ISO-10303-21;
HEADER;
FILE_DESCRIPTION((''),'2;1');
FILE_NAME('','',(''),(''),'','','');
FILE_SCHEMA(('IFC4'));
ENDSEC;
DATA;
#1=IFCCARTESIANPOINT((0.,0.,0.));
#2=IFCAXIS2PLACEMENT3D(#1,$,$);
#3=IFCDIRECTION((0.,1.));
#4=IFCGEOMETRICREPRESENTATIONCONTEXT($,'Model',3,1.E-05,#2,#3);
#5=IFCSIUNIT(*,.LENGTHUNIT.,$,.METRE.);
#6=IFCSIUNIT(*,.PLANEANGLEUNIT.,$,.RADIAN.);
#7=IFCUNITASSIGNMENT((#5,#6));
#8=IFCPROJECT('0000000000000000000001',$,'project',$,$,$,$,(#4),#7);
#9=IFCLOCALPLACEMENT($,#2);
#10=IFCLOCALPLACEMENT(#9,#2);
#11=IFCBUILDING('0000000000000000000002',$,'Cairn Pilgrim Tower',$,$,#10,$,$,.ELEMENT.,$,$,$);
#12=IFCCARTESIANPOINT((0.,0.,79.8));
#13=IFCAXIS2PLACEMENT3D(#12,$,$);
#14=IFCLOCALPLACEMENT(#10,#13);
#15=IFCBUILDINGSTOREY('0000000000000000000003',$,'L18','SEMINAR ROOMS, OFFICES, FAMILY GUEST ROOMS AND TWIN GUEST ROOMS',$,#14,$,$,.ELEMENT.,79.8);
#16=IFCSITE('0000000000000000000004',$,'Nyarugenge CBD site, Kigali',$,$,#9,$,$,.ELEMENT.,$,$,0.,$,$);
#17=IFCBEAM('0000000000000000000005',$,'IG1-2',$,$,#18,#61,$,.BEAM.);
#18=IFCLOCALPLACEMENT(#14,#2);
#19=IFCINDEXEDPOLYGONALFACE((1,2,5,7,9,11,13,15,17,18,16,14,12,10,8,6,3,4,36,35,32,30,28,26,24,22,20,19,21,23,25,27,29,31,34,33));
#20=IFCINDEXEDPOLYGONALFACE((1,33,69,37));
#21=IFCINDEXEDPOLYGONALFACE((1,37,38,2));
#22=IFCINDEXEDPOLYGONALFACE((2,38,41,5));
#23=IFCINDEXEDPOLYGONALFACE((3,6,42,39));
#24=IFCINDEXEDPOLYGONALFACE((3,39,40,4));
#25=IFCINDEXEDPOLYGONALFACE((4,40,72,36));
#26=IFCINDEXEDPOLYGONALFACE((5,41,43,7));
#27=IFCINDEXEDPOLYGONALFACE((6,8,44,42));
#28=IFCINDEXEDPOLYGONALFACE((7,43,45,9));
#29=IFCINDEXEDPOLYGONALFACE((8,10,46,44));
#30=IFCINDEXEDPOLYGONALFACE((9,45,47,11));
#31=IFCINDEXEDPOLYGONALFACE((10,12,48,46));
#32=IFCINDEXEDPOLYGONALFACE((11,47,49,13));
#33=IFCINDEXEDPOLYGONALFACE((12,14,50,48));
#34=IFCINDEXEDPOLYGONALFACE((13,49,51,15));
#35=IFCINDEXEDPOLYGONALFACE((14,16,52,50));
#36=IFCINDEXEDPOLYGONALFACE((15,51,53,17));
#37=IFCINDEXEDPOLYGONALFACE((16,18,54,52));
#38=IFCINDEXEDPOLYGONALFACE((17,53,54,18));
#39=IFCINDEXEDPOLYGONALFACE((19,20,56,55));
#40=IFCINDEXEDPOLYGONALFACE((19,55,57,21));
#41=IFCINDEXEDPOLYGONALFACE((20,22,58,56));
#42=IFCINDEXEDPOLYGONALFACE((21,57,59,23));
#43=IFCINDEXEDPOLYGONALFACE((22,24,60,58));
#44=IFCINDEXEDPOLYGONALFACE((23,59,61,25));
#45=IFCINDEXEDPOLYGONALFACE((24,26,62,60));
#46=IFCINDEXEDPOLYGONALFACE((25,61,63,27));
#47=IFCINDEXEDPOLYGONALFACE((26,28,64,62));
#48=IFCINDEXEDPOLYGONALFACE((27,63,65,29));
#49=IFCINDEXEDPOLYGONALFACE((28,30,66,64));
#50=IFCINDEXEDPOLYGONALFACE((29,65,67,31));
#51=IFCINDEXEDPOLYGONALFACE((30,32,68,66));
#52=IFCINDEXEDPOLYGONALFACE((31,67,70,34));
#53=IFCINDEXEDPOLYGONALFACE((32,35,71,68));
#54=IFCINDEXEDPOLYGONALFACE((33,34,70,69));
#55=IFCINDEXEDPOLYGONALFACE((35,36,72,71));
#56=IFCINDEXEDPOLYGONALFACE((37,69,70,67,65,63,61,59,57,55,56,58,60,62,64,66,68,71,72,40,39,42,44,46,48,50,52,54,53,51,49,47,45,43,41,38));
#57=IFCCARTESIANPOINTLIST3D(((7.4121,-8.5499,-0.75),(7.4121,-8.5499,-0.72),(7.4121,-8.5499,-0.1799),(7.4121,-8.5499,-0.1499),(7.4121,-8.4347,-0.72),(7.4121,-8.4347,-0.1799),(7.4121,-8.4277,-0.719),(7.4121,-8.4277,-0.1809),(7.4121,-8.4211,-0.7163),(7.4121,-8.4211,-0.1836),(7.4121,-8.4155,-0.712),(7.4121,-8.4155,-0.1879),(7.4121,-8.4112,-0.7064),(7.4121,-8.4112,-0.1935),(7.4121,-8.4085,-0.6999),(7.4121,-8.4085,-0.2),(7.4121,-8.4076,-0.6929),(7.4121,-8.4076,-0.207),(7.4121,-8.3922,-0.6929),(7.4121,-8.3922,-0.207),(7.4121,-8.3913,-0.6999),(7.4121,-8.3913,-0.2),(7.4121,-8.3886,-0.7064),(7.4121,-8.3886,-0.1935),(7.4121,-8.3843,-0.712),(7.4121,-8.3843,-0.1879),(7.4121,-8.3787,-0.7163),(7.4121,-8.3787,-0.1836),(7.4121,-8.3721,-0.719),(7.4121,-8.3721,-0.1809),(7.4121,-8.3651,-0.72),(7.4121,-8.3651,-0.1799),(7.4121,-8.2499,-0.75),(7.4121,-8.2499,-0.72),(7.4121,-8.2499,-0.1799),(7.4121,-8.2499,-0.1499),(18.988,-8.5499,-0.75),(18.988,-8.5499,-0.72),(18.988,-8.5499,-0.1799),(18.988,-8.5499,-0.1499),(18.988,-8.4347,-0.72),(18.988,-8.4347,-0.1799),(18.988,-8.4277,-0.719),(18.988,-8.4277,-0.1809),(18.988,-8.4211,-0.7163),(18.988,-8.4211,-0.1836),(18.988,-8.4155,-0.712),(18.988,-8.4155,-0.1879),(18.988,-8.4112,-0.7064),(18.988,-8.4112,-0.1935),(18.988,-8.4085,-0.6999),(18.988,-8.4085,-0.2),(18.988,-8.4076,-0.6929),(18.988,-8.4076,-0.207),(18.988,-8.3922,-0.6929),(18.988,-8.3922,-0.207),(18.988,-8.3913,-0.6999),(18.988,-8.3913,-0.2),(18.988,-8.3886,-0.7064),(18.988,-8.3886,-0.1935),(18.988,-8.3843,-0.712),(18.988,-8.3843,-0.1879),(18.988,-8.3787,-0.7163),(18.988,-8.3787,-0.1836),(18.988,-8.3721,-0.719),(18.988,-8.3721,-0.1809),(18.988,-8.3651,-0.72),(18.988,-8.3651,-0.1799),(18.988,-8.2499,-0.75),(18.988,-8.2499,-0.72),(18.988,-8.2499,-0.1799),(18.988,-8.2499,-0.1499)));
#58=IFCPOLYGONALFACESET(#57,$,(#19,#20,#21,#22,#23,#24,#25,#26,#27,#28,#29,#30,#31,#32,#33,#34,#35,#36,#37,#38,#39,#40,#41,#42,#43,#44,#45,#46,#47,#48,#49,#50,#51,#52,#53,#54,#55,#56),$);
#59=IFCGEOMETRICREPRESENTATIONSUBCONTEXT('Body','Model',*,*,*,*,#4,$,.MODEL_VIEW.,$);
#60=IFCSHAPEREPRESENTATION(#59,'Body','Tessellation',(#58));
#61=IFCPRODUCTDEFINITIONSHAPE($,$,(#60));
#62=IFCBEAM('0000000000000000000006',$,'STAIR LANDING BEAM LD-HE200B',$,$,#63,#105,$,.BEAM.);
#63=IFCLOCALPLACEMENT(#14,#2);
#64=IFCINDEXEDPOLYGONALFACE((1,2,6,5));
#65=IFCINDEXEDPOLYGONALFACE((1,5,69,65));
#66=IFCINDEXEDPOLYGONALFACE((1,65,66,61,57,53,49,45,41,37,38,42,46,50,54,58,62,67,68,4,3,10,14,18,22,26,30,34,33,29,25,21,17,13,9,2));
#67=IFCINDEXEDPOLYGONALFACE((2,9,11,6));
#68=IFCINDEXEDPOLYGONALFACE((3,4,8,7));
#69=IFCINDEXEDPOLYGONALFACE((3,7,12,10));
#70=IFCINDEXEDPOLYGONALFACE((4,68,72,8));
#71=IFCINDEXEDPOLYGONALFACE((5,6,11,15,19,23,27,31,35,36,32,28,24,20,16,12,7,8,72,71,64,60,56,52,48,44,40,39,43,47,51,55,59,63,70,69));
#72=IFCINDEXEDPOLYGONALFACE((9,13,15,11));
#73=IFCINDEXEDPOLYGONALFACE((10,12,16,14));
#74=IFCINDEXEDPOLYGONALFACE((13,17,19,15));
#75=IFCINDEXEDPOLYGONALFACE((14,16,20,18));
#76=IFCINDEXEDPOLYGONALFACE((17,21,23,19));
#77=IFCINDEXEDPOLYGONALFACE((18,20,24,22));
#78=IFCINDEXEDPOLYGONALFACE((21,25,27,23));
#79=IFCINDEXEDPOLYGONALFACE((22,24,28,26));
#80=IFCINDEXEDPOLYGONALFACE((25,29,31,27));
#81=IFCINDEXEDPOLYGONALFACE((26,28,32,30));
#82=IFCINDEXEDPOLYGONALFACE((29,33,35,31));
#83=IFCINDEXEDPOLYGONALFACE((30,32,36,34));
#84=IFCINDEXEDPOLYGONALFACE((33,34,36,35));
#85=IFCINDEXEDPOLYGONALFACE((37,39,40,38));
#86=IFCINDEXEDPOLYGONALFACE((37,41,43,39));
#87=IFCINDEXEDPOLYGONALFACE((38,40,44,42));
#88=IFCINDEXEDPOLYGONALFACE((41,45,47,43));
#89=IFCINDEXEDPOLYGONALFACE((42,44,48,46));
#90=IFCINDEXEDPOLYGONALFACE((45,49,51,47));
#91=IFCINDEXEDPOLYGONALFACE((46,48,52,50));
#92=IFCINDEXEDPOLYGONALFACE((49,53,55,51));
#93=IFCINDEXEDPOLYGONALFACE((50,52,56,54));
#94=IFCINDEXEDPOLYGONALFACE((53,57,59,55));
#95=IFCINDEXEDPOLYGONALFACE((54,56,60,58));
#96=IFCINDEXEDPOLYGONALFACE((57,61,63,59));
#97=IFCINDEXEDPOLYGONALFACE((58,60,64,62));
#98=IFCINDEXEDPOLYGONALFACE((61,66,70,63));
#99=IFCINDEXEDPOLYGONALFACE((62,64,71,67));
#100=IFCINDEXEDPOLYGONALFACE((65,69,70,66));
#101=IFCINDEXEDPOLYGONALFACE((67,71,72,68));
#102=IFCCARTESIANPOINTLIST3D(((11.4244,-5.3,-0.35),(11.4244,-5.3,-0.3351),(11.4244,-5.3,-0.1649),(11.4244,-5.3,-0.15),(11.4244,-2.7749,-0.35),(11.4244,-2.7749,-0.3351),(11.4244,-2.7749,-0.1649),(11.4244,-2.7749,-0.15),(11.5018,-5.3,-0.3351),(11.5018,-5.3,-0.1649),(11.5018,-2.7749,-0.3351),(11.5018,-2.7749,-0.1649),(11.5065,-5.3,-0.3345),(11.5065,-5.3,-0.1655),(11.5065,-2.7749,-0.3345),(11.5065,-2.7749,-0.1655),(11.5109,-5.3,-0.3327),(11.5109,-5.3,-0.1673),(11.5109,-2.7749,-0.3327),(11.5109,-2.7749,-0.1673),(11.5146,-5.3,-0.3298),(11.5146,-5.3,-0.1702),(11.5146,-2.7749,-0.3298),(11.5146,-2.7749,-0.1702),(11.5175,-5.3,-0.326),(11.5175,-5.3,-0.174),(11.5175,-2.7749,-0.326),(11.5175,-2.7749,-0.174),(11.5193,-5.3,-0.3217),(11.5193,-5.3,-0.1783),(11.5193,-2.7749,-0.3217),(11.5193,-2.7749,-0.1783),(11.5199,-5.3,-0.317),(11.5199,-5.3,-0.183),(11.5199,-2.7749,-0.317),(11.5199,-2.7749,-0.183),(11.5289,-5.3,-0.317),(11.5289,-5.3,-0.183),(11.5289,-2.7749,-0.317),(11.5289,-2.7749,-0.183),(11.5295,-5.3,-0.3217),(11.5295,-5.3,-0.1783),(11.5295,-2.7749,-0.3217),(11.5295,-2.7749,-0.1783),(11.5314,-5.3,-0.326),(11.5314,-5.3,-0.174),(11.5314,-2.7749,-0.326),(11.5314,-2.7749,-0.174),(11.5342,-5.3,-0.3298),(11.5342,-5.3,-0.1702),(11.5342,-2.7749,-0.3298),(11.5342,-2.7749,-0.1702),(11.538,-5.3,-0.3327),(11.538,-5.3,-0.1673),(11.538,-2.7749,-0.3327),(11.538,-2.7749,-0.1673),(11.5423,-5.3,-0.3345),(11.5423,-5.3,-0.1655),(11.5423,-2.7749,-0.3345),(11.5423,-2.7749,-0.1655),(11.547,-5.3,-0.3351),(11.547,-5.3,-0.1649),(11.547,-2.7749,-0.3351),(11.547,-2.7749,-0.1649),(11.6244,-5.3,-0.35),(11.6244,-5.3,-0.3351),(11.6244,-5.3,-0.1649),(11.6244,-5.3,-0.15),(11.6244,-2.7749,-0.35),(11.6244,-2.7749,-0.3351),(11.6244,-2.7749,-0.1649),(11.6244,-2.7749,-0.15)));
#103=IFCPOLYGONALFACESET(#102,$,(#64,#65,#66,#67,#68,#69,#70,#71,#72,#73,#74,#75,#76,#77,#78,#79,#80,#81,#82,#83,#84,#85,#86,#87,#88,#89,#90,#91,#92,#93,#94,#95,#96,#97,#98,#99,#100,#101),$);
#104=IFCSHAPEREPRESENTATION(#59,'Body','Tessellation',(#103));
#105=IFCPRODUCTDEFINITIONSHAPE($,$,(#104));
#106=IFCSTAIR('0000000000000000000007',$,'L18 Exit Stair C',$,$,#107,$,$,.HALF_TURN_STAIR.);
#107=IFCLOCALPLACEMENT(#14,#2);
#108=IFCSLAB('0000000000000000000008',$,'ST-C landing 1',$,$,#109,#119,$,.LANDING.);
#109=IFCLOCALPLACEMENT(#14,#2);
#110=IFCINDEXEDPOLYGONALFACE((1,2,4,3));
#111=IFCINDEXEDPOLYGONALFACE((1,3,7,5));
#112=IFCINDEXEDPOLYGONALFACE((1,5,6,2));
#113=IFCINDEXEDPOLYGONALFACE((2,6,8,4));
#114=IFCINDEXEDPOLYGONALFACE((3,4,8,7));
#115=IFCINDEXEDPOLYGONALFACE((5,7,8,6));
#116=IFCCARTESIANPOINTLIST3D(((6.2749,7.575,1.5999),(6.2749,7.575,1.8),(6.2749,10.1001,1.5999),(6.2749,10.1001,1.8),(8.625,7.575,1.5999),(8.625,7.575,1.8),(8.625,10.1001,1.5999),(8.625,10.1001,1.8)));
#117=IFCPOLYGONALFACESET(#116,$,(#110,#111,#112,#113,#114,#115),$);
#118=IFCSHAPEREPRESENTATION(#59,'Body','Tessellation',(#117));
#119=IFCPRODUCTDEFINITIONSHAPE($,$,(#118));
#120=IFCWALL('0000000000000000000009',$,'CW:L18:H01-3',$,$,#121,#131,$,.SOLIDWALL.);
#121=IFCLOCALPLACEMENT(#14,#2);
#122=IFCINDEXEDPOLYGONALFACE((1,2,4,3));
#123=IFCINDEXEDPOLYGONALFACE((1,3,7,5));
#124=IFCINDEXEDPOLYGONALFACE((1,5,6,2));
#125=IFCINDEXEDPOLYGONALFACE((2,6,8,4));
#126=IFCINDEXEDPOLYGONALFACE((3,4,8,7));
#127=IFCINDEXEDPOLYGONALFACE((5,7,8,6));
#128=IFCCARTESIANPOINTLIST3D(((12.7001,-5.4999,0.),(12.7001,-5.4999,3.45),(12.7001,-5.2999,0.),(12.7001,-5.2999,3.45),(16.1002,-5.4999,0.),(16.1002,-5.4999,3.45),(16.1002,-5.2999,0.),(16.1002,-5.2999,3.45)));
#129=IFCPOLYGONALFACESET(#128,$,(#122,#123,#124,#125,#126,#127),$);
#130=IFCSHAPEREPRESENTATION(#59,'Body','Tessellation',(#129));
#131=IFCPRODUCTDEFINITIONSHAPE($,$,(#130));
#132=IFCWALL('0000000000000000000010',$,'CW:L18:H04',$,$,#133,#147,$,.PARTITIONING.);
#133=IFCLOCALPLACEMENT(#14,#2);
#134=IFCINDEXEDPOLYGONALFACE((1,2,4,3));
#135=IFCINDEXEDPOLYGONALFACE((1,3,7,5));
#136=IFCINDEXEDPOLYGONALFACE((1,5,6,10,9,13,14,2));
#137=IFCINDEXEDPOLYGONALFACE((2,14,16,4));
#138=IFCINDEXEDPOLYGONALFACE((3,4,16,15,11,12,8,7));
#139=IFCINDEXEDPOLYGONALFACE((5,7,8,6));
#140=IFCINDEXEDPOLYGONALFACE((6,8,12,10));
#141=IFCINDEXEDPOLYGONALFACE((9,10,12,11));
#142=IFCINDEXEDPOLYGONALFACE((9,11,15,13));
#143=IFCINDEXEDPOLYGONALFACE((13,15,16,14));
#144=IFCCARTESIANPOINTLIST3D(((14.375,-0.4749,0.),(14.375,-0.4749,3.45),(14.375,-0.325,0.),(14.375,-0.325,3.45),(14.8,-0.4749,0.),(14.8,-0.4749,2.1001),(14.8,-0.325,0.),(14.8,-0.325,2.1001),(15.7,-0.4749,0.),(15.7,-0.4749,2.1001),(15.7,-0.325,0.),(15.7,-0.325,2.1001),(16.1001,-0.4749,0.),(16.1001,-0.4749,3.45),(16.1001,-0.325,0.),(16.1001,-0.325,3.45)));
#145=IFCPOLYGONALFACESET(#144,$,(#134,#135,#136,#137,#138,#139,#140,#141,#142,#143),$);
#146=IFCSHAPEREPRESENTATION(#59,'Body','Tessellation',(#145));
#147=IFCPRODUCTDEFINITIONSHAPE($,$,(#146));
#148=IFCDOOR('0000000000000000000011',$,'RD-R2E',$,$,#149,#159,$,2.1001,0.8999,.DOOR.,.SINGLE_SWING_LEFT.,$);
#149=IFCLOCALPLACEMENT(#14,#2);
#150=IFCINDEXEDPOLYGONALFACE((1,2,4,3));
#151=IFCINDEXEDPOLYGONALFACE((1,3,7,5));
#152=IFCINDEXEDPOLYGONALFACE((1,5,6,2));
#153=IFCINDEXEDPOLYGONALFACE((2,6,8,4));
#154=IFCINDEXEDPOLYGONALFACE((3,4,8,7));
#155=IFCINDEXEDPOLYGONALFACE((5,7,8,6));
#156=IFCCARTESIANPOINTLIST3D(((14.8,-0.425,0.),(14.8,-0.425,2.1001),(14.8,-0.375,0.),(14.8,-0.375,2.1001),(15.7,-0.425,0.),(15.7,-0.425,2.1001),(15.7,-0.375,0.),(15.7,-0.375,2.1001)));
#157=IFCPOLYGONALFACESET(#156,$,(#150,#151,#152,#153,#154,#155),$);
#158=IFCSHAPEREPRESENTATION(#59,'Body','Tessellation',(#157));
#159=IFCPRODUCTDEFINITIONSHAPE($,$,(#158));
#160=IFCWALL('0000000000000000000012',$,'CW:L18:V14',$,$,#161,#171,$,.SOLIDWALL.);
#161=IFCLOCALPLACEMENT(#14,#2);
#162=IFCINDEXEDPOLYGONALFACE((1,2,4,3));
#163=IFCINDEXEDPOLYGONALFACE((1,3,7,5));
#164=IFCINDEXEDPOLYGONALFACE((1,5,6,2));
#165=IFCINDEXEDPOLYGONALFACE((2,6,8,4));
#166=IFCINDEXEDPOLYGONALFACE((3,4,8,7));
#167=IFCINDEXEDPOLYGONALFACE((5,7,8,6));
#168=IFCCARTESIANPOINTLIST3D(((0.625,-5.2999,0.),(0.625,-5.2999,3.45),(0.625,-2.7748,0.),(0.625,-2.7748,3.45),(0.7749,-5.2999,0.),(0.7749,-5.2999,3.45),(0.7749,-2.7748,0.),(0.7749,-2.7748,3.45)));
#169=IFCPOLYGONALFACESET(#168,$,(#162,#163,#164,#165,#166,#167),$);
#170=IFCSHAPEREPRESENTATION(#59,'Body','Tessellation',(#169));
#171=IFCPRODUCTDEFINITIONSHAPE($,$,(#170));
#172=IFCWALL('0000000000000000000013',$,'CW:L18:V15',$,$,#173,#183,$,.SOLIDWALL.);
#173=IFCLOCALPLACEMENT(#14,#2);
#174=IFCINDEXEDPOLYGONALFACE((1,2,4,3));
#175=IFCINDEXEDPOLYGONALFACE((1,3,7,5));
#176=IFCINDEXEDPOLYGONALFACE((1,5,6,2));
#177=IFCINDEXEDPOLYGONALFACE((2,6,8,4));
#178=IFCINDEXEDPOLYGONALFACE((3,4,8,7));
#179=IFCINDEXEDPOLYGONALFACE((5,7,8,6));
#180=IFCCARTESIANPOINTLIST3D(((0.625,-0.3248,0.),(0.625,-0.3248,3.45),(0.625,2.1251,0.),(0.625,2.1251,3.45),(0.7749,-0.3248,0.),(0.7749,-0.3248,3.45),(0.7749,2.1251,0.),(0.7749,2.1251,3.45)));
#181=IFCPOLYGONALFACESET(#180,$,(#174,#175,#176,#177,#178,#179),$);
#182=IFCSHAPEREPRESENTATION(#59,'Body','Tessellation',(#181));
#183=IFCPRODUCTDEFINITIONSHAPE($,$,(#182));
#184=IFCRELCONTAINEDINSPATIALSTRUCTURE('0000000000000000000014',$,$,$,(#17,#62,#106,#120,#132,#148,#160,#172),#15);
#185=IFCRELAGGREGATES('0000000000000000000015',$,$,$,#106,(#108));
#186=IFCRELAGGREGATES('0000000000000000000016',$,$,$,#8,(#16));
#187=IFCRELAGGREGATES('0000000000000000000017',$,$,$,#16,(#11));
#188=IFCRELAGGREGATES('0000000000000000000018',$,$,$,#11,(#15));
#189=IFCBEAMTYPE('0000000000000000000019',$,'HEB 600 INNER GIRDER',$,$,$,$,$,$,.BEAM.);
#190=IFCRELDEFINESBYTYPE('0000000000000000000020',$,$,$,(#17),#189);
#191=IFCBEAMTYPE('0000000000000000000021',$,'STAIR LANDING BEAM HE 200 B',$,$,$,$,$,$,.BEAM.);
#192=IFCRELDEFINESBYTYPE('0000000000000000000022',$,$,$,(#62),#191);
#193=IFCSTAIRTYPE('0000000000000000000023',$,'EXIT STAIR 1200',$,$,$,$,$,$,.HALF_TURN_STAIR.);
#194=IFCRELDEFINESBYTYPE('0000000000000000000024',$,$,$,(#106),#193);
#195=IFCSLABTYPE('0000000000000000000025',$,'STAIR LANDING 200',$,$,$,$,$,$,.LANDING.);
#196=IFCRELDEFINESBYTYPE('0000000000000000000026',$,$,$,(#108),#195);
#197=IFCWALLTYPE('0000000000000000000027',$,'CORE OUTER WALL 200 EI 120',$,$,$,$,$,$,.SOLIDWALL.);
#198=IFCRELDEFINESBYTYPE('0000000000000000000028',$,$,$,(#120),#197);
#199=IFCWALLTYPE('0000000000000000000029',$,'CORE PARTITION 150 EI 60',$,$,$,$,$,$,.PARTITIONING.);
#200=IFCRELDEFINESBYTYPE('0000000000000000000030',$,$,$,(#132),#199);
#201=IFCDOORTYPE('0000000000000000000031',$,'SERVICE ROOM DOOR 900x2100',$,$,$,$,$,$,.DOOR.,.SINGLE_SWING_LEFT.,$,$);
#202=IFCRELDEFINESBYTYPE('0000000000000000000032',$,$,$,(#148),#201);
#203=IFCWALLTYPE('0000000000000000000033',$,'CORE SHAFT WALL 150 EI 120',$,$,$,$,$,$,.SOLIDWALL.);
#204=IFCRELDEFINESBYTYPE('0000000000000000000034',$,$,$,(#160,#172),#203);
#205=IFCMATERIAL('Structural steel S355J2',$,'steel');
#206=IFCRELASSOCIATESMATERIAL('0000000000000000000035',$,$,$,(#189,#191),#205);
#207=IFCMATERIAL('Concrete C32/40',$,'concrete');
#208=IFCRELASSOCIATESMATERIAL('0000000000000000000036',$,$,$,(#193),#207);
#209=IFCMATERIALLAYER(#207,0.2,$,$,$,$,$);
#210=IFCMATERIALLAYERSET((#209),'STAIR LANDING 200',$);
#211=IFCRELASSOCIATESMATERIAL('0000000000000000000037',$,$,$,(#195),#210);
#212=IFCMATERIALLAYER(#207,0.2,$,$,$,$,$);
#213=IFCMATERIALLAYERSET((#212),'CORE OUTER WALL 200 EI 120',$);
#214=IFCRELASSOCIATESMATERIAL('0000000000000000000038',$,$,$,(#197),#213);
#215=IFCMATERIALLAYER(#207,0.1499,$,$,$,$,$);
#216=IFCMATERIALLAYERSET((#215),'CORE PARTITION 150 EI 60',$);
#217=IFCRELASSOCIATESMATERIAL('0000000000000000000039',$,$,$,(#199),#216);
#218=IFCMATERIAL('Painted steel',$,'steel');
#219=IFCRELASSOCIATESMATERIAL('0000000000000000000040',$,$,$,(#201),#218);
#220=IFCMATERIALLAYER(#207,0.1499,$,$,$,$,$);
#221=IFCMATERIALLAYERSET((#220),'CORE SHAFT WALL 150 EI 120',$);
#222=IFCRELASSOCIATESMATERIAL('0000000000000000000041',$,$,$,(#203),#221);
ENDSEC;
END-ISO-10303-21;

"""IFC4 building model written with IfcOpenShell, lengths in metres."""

from ifc_helpers import new_model, si_unit, direction, frame, frame_2d, origin, origin_2d, place, context, subcontext, project, spatial, polyline, rectangle, i_section, outline, extrude, material, layer, layer_set, material_profile, profile_set, type_object, element, fill, aggregate, save


model = new_model("IFC4")

# Units and contexts
model_context = context("Model", 3, precision=1e-05, world=origin(), true_north=direction((0.0, 1.0)))
body_context = subcontext(model_context, "Body", "Model", "MODEL_VIEW")
ifc_project = project(units=[si_unit("LENGTHUNIT", "METRE"), si_unit("PLANEANGLEUNIT", "RADIAN")], contexts=[model_context])

# Site, building, storey
site_placement = place(None, origin())
site = spatial("IfcSite", under=ifc_project, at=site_placement, Name="Nyarugenge CBD site, Kigali", CompositionType="ELEMENT", RefElevation=0.0)
building_placement = place(site_placement, origin())
building = spatial("IfcBuilding", under=site, at=building_placement, Name="Cairn Pilgrim Tower", CompositionType="ELEMENT")
storey_placement = place(building_placement, frame((0.0, 0.0, 79.8)))
storey = spatial("IfcBuildingStorey", under=building, at=storey_placement, Name="L18", Description="SEMINAR ROOMS, OFFICES, FAMILY GUEST ROOMS AND TWIN GUEST ROOMS", CompositionType="ELEMENT", Elevation=79.8)

# Beams
ifc_material_1 = material(Name="Structural steel S355J2", Category="steel")
ifc_material_profile_1 = material_profile(ifc_material_1, i_section(OverallWidth=0.3, OverallDepth=0.6001, WebThickness=0.0154, FlangeThickness=0.03, FilletRadius=0.0271, at=origin_2d()), Name="HEB 600")
ifc_profile_set_1 = profile_set([ifc_material_profile_1], Name="Structural steel S355J2")
beam_type_1 = type_object("IfcBeamType", Name="HEB 600 INNER GIRDER", PredefinedType="BEAM", material=ifc_profile_set_1)
beam_1_placement = place(storey_placement, frame((7.4121, -8.3999, -0.45), z_axis=(1.0, 0.0, 0.0), x_axis=(0.0, 1.0, 0.0)))
element("IfcBeam", 1, at=beam_1_placement, inside=storey, type_object=beam_type_1, Name="IG1-2", PredefinedType="BEAM", context=body_context, shape_type="SweptSolid", body=[
    extrude(i_section(OverallWidth=0.3, OverallDepth=0.6001, WebThickness=0.0154, FlangeThickness=0.03, FilletRadius=0.0271, at=origin_2d()), origin(), (0.0, 0.0, 1.0), 11.5759),
])
ifc_material_profile_2 = material_profile(ifc_material_1, i_section(OverallWidth=0.2, OverallDepth=0.2, WebThickness=0.009, FlangeThickness=0.0149, FilletRadius=0.0181, at=origin_2d()), Name="HE 200 B")
ifc_profile_set_2 = profile_set([ifc_material_profile_2], Name="Structural steel S355J2")
beam_type_2 = type_object("IfcBeamType", Name="STAIR LANDING BEAM HE 200 B", PredefinedType="BEAM", material=ifc_profile_set_2)
beam_2_placement = place(storey_placement, frame((11.5244, -2.7749, -0.25), z_axis=(0.0, -1.0, 0.0), x_axis=(1.0, 0.0, 0.0)))
element("IfcBeam", 2, at=beam_2_placement, inside=storey, type_object=beam_type_2, Name="STAIR LANDING BEAM LD-HE200B", PredefinedType="BEAM", context=body_context, shape_type="SweptSolid", body=[
    extrude(i_section(OverallWidth=0.2, OverallDepth=0.2, WebThickness=0.009, FlangeThickness=0.0149, FilletRadius=0.0181, at=origin_2d()), origin(), (0.0, 0.0, 1.0), 2.5251),
])

# Stair, slab
ifc_material_2 = material(Name="Concrete C32/40", Category="concrete")
stair_type = type_object("IfcStairType", Name="EXIT STAIR 1200", PredefinedType="HALF_TURN_STAIR", material=ifc_material_2)
stair_1_placement = place(storey_placement, origin())
stair_1 = element("IfcStair", 3, at=stair_1_placement, inside=storey, type_object=stair_type, Name="L18 Exit Stair C", PredefinedType="HALF_TURN_STAIR")
ifc_layer_1 = layer(ifc_material_2, 0.2)
ifc_layer_set_1 = layer_set([ifc_layer_1], Name="STAIR LANDING 200")
slab_type = type_object("IfcSlabType", Name="STAIR LANDING 200", PredefinedType="LANDING", material=ifc_layer_set_1)
slab_placement = place(storey_placement, frame((0.0, 0.0, 1.5999)))
slab = element("IfcSlab", 4, at=slab_placement, type_object=slab_type, Name="ST-C landing 1", PredefinedType="LANDING", context=body_context, shape_type="SweptSolid", body=[
    extrude(outline(polyline([(8.625, 10.1001), (6.2749, 10.1001), (6.2749, 7.575), (8.625, 7.575), (8.625, 10.1001)])), origin(), (0.0, 0.0, 1.0), 0.2002),
])
aggregate(stair_1, [slab])

# Wall
ifc_layer_2 = layer(ifc_material_2, 0.2)
ifc_layer_set_2 = layer_set([ifc_layer_2], Name="CORE OUTER WALL 200 EI 120")
wall_type_1 = type_object("IfcWallType", Name="CORE OUTER WALL 200 EI 120", PredefinedType="SOLIDWALL", material=ifc_layer_set_2)
wall_1_placement = place(storey_placement, frame((12.7, -5.3999, 0.0), z_axis=(0.0, 0.0, 1.0), x_axis=(1.0, 0.0, 0.0)))
element("IfcWall", 5, at=wall_1_placement, inside=storey, type_object=wall_type_1, Name="CW:L18:H01-3", PredefinedType="SOLIDWALL", context=body_context, shape_type="SweptSolid", body=[
    extrude(rectangle(XDim=3.4001, YDim=0.2, at=frame_2d((1.7002, 0.0))), origin(), (0.0, 0.0, 1.0), 3.45),
])

# Wall, opening, door
ifc_layer_3 = layer(ifc_material_2, 0.1499)
ifc_layer_set_3 = layer_set([ifc_layer_3], Name="CORE PARTITION 150 EI 60")
wall_type_2 = type_object("IfcWallType", Name="CORE PARTITION 150 EI 60", PredefinedType="PARTITIONING", material=ifc_layer_set_3)
wall_2_placement = place(storey_placement, frame((14.375, -0.3999, 0.0), z_axis=(0.0, 0.0, 1.0), x_axis=(1.0, 0.0, 0.0)))
wall_2 = element("IfcWall", 6, at=wall_2_placement, inside=storey, type_object=wall_type_2, Name="CW:L18:H04", PredefinedType="PARTITIONING", context=body_context, shape_type="SweptSolid", body=[
    extrude(rectangle(XDim=1.7251, YDim=0.1499, at=frame_2d((0.8625, 0.0))), origin(), (0.0, 0.0, 1.0), 3.45),
])
opening_1_placement = place(wall_2_placement, frame((0.425, 0.0, 0.0)))
opening_1 = element("IfcOpeningElement", 7, at=opening_1_placement, cuts=wall_2, PredefinedType="OPENING", context=body_context, shape_type="SweptSolid", body=[
    extrude(rectangle(XDim=0.8999, YDim=2.1001, at=frame_2d((0.45, 1.05))), frame((0.0, 0.085, 0.0), z_axis=(0.0, -1.0, 0.0), x_axis=(1.0, 0.0, 0.0)), (0.0, 0.0, 1.0), 0.1699),
])
ifc_material_3 = material(Name="Painted steel", Category="steel")
door_type_1 = type_object("IfcDoorType", Name="SERVICE ROOM DOOR 900x2100", OperationType="SINGLE_SWING_LEFT", PredefinedType="DOOR", material=ifc_material_3)
door_1_placement = place(opening_1_placement, origin())
door_1 = element("IfcDoor", 8, at=door_1_placement, inside=storey, type_object=door_type_1, Name="RD-R2E", OperationType="SINGLE_SWING_LEFT", OverallHeight=2.1001, OverallWidth=0.8999, PredefinedType="DOOR", context=body_context, shape_type="SweptSolid", body=[
    extrude(rectangle(XDim=0.8999, YDim=2.1001, at=frame_2d((0.45, 1.05))), frame((0.0, 0.0249, 0.0), z_axis=(0.0, -1.0, 0.0), x_axis=(1.0, 0.0, 0.0)), (0.0, 0.0, 1.0), 0.05),
])
fill(opening_1, door_1)

# Walls
ifc_layer_4 = layer(ifc_material_2, 0.1499)
ifc_layer_set_4 = layer_set([ifc_layer_4], Name="CORE SHAFT WALL 150 EI 120")
wall_type_3 = type_object("IfcWallType", Name="CORE SHAFT WALL 150 EI 120", PredefinedType="SOLIDWALL", material=ifc_layer_set_4)
wall_3_placement = place(storey_placement, frame((0.7, -5.3, 0.0), z_axis=(0.0, 0.0, 1.0), x_axis=(0.0, 1.0, 0.0)))
element("IfcWall", 9, at=wall_3_placement, inside=storey, type_object=wall_type_3, Name="CW:L18:V14", PredefinedType="SOLIDWALL", context=body_context, shape_type="SweptSolid", body=[
    extrude(rectangle(XDim=2.5251, YDim=0.1499, at=frame_2d((1.2627, 0.0))), origin(), (0.0, 0.0, 1.0), 3.45),
])
wall_4_placement = place(storey_placement, frame((0.7, -0.325, 0.0), z_axis=(0.0, 0.0, 1.0), x_axis=(0.0, 1.0, 0.0)))
element("IfcWall", 10, at=wall_4_placement, inside=storey, type_object=wall_type_3, Name="CW:L18:V15", PredefinedType="SOLIDWALL", context=body_context, shape_type="SweptSolid", body=[
    extrude(rectangle(XDim=2.45, YDim=0.1499, at=frame_2d((1.2251, 0.0))), origin(), (0.0, 0.0, 1.0), 3.45),
])

save(model, "model.ifc")
